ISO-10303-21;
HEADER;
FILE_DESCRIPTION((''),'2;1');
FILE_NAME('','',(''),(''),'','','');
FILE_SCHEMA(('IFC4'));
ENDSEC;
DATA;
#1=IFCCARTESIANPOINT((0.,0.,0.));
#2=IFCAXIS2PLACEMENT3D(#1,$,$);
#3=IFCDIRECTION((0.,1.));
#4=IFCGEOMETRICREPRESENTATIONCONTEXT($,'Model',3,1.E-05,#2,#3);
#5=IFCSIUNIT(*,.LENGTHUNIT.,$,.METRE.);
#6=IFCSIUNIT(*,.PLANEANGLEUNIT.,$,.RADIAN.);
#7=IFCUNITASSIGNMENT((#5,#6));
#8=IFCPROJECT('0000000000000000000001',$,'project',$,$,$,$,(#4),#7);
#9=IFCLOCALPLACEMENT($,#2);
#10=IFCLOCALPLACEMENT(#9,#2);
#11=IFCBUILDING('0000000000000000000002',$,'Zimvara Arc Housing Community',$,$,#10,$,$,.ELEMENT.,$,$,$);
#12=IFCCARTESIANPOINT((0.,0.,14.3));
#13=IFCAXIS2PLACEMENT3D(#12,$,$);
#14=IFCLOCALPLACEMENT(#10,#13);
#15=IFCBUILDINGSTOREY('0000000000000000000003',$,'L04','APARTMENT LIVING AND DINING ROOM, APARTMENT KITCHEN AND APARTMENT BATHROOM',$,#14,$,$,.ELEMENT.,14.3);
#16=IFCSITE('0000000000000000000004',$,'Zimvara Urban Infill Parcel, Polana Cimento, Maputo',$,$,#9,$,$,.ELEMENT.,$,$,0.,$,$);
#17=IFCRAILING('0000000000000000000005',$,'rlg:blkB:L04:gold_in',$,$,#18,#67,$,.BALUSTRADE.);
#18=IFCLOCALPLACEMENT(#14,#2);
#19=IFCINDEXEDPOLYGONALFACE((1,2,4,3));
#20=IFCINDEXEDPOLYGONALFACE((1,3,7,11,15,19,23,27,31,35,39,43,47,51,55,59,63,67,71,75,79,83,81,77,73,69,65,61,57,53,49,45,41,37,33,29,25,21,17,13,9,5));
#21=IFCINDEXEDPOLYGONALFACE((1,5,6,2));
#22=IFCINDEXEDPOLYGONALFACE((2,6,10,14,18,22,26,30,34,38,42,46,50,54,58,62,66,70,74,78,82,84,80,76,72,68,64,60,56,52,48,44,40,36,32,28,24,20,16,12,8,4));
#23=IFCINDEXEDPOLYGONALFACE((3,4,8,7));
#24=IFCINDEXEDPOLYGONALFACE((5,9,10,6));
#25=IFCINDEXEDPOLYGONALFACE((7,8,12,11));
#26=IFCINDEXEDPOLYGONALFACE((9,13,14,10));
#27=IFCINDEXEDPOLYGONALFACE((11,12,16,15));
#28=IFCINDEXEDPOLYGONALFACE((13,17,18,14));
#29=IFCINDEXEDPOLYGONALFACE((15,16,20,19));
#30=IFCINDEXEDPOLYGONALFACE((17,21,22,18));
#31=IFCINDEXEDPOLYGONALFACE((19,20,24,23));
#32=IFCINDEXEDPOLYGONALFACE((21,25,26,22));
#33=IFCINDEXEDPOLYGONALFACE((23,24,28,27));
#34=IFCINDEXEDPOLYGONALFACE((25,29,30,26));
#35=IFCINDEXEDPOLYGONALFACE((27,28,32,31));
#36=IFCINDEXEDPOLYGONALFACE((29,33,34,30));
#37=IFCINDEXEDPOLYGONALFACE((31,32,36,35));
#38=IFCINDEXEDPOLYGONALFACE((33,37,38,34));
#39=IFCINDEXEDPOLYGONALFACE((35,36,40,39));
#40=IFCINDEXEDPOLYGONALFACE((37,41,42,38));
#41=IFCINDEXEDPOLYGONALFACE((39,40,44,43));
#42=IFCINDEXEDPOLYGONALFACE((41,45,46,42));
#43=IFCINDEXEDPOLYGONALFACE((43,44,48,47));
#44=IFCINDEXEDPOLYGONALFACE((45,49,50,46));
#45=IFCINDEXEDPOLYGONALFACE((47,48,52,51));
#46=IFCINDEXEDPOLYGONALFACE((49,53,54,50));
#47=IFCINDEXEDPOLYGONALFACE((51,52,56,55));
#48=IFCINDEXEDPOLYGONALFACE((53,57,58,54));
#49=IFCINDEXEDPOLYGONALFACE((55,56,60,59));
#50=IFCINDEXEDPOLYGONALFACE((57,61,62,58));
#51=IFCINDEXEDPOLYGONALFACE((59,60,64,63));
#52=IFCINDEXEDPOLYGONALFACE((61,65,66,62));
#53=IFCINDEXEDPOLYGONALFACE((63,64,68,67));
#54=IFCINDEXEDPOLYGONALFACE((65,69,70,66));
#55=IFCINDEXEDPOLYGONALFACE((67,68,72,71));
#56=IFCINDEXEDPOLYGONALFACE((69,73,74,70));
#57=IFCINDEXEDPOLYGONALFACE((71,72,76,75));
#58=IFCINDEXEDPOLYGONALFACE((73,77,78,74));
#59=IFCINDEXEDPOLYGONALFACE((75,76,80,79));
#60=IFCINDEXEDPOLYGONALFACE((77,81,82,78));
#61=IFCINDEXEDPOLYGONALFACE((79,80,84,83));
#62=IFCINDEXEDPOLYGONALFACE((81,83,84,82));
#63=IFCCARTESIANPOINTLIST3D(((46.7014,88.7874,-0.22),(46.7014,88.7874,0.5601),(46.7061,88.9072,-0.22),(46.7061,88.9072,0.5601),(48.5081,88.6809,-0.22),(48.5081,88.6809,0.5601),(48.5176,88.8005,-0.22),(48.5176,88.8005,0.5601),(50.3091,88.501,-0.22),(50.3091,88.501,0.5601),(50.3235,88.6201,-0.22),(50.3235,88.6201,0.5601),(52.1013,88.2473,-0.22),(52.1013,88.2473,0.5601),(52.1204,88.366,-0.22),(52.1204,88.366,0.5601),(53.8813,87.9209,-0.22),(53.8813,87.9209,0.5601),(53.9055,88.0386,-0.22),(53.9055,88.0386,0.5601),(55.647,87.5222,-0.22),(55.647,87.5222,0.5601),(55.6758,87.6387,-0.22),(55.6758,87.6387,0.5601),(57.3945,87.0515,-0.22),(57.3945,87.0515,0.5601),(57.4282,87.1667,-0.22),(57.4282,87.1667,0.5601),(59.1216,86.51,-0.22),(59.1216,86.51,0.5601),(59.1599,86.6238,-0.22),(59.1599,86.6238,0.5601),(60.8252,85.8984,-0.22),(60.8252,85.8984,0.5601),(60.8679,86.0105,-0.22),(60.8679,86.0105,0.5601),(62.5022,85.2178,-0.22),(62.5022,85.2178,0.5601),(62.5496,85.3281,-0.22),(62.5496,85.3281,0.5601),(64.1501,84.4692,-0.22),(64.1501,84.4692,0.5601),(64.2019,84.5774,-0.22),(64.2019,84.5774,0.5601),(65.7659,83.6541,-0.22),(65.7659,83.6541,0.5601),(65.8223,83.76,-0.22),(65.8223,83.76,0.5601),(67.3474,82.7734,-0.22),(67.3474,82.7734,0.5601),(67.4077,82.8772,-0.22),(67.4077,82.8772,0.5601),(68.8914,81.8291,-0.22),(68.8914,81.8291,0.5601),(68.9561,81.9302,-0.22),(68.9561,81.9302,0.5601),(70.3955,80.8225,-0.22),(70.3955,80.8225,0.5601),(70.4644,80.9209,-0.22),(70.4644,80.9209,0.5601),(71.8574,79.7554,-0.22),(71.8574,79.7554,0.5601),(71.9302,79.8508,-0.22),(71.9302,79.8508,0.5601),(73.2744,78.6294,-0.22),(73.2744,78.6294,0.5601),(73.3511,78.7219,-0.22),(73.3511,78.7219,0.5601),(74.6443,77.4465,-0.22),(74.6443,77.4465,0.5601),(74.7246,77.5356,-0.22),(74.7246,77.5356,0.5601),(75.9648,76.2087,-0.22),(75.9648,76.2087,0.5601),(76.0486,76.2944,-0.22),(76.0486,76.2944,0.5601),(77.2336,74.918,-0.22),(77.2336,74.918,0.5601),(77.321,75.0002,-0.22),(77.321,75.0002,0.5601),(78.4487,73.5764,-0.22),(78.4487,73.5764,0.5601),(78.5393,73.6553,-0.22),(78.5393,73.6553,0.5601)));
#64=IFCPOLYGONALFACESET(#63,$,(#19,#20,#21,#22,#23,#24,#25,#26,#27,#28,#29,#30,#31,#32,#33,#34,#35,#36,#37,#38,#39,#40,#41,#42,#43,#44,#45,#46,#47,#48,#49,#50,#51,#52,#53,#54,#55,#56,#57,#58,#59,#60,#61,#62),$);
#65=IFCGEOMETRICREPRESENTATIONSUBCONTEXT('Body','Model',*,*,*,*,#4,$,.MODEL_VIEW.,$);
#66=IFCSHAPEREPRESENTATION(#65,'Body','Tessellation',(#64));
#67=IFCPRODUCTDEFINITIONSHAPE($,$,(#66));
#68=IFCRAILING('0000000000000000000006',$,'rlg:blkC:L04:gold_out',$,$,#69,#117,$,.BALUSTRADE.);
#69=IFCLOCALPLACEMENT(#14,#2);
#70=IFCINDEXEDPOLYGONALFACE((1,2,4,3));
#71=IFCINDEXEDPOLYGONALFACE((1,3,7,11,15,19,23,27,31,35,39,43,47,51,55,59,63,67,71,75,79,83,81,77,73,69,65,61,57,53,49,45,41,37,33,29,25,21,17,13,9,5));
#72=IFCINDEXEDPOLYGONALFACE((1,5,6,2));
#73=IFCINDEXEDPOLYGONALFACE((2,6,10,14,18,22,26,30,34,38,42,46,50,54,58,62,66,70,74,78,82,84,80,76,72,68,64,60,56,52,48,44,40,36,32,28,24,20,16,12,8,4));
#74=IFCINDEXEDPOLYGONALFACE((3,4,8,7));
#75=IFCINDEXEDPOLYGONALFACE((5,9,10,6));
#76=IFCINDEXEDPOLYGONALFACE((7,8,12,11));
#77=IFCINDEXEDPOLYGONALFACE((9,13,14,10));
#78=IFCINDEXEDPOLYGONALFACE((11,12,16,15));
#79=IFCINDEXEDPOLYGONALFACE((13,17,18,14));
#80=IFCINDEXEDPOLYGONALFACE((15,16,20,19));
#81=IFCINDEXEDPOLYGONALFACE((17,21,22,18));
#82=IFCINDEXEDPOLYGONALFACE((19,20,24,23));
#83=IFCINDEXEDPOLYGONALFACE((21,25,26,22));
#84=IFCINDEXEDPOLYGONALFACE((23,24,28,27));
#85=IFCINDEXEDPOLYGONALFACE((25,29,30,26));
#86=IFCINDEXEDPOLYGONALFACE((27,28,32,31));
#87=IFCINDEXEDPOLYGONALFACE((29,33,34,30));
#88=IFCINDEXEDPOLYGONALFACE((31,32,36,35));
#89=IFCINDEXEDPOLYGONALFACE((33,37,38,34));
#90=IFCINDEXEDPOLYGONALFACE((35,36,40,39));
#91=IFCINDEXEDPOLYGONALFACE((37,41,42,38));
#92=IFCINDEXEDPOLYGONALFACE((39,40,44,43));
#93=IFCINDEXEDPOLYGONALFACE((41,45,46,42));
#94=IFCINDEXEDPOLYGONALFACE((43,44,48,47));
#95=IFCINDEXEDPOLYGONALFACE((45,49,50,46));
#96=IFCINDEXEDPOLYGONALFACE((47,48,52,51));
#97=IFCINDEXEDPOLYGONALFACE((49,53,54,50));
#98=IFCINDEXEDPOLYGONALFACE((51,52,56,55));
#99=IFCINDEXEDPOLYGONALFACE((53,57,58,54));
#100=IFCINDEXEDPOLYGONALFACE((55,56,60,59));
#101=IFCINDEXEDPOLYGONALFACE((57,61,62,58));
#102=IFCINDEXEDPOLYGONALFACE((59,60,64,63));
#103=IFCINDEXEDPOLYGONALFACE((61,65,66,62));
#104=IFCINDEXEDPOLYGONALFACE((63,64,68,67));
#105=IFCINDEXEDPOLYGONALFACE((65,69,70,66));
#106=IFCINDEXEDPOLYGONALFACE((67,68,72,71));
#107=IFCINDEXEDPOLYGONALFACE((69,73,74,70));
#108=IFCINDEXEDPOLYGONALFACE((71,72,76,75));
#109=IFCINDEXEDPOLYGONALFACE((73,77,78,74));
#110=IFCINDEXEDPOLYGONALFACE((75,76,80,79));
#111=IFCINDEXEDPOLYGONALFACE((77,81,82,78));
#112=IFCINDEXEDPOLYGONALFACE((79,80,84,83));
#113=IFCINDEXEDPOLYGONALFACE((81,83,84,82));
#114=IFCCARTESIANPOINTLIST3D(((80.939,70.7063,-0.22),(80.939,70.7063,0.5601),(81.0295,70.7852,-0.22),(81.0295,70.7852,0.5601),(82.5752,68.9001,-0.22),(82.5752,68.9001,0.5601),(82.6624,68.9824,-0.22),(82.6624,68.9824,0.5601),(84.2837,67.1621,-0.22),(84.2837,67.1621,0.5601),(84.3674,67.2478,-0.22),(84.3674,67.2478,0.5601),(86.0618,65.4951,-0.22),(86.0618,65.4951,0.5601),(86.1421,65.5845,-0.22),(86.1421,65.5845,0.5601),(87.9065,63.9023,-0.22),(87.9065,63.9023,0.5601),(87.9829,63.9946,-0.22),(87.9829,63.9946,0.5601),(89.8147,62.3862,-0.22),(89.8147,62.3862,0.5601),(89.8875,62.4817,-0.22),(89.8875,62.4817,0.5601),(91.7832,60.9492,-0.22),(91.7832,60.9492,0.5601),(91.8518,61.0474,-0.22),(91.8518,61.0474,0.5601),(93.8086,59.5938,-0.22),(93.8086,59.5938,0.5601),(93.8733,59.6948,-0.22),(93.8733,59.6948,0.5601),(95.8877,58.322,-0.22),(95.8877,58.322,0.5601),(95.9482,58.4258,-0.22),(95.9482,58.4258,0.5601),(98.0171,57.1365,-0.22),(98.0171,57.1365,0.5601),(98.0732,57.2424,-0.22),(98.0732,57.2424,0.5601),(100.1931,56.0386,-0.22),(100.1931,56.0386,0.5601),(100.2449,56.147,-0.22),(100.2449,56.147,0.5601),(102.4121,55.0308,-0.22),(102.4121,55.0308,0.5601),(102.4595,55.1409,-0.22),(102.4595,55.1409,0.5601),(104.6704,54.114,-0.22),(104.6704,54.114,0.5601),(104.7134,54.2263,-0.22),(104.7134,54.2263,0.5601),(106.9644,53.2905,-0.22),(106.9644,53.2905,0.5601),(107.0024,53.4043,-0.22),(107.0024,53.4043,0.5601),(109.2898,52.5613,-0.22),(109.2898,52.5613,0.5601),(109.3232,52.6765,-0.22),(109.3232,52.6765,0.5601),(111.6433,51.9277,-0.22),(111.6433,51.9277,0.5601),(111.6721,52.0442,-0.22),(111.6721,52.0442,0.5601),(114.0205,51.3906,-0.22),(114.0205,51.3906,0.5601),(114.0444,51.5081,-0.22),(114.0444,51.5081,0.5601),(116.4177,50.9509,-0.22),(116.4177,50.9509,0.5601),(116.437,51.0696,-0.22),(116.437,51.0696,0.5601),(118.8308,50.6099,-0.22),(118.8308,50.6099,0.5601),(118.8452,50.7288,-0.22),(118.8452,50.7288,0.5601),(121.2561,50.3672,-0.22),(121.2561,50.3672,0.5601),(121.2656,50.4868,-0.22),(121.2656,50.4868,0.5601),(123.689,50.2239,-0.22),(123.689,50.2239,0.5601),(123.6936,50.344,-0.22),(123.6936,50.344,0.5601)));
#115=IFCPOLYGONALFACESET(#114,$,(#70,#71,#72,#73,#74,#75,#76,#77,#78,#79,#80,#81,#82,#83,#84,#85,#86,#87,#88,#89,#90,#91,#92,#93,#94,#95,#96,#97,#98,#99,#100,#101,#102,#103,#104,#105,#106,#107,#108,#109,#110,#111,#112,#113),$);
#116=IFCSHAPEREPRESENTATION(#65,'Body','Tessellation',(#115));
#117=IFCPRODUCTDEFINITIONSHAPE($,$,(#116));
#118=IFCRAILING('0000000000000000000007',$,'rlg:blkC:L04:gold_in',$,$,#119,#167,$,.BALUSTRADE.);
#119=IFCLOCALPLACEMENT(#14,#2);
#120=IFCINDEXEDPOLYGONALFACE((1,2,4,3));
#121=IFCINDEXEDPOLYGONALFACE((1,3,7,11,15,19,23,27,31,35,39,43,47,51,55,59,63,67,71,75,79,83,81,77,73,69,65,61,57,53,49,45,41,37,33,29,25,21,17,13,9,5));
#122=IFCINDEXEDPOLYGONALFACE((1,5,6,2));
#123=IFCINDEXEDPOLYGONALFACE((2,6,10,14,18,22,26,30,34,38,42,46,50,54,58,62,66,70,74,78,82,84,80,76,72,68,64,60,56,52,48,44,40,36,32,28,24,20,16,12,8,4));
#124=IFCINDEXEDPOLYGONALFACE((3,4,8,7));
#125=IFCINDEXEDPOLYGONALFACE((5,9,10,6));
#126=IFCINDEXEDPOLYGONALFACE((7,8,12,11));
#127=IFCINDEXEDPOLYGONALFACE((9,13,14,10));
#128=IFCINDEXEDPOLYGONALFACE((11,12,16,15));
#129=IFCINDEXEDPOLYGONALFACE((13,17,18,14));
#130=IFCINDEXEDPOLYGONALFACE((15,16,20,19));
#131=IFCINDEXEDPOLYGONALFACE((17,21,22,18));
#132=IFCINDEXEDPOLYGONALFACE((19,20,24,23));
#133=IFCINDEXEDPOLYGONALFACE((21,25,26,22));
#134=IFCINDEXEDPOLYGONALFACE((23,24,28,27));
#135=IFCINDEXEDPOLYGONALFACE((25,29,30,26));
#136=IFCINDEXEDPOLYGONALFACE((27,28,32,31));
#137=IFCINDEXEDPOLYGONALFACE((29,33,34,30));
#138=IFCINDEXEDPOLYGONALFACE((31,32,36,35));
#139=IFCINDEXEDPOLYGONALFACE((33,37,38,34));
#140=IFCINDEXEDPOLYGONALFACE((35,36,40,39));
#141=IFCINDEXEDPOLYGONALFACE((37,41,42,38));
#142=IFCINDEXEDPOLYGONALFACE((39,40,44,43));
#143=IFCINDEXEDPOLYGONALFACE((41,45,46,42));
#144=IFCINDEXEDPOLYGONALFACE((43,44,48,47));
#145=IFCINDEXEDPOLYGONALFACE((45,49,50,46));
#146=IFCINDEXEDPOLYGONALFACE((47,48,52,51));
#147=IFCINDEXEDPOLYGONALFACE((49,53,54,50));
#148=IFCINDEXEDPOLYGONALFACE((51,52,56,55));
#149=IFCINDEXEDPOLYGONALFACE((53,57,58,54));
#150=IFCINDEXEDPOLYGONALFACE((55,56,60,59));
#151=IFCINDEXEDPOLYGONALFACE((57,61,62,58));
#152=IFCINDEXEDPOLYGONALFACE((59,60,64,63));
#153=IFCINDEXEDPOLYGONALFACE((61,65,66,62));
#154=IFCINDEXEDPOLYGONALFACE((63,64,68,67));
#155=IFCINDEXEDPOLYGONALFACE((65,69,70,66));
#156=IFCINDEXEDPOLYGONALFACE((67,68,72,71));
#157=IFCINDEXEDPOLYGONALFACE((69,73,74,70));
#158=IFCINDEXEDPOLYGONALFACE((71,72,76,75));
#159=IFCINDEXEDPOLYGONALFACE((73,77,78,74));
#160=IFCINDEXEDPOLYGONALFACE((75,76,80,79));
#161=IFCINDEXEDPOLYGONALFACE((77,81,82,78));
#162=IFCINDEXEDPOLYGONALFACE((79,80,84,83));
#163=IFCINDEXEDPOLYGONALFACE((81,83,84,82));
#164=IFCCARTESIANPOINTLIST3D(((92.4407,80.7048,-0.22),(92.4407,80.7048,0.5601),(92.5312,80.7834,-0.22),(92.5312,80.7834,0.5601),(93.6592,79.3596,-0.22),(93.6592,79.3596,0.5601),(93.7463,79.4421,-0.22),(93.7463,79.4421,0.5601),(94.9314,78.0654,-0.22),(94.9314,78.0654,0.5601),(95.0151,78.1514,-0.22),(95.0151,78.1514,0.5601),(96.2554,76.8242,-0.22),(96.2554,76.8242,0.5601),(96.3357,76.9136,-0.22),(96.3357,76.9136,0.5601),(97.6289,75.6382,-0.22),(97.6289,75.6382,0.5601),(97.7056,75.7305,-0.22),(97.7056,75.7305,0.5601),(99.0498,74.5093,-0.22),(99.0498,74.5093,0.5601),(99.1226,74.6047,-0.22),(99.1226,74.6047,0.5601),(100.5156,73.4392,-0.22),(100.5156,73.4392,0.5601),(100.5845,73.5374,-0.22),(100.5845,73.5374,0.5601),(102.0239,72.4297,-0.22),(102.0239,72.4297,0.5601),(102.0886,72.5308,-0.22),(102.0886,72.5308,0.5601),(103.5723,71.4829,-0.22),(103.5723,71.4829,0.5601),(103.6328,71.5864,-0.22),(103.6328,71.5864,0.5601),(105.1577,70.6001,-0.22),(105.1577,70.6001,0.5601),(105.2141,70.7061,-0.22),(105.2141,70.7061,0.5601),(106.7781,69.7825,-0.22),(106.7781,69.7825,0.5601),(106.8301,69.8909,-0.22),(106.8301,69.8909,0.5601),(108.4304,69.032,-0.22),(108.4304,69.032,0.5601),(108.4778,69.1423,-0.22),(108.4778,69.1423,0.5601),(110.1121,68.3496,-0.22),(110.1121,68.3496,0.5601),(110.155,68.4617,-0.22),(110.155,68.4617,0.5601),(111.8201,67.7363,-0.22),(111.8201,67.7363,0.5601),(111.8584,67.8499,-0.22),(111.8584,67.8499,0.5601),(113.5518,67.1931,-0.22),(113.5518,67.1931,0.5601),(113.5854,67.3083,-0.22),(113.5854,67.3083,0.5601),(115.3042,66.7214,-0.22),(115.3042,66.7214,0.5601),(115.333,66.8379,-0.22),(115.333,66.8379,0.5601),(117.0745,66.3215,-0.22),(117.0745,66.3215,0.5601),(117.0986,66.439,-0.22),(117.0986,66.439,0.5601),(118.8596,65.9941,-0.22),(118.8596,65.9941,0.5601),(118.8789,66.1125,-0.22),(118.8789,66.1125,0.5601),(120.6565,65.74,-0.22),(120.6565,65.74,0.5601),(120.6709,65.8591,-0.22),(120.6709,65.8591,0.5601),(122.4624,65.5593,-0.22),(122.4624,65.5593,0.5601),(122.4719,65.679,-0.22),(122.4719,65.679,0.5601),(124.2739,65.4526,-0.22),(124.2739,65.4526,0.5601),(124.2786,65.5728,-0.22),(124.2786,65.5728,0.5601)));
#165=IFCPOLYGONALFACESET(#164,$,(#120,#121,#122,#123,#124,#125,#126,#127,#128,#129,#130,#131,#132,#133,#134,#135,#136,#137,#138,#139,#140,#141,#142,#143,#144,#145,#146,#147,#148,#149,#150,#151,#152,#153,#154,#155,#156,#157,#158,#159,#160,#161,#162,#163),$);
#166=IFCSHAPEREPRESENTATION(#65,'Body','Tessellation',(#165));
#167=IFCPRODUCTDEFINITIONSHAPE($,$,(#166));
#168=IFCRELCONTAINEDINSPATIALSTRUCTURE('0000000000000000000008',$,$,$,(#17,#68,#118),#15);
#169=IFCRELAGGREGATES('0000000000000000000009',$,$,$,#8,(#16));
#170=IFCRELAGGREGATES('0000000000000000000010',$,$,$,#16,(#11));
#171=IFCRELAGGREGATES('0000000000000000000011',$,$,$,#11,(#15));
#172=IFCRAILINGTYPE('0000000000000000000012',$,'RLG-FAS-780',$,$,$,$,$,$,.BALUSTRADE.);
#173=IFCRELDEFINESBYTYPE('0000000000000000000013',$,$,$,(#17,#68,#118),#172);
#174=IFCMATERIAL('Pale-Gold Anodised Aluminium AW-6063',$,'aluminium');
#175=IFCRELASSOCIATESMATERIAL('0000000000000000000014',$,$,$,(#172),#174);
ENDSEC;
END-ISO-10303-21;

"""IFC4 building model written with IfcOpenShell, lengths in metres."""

from ifc_helpers import new_model, si_unit, direction, frame, origin, place, context, subcontext, project, spatial, polyline, outline, extrude, material, type_object, element, save


model = new_model("IFC4")

# Units and contexts
model_context = context("Model", 3, precision=1e-05, world=origin(), true_north=direction((0.0, 1.0)))
body_context = subcontext(model_context, "Body", "Model", "MODEL_VIEW")
ifc_project = project(units=[si_unit("LENGTHUNIT", "METRE"), si_unit("PLANEANGLEUNIT", "RADIAN")], contexts=[model_context])

# Site, building, storey
site_placement = place(None, origin())
site = spatial("IfcSite", under=ifc_project, at=site_placement, Name="Zimvara Urban Infill Parcel, Polana Cimento, Maputo", CompositionType="ELEMENT", RefElevation=0.0)
building_placement = place(site_placement, origin())
building = spatial("IfcBuilding", under=site, at=building_placement, Name="Zimvara Arc Housing Community", CompositionType="ELEMENT")
storey_placement = place(building_placement, frame((0.0, 0.0, 14.3)))
storey = spatial("IfcBuildingStorey", under=building, at=storey_placement, Name="L04", Description="APARTMENT LIVING AND DINING ROOM, APARTMENT KITCHEN AND APARTMENT BATHROOM", CompositionType="ELEMENT", Elevation=14.3)

# Railings
ifc_material_1 = material(Name="Pale-Gold Anodised Aluminium AW-6063", Category="aluminium")
railing_type_1 = type_object("IfcRailingType", Name="RLG-FAS-780", PredefinedType="BALUSTRADE", material=ifc_material_1)
railing_1_placement = place(storey_placement, frame((0.0, 0.0, -0.22)))
element("IfcRailing", 1, at=railing_1_placement, inside=storey, type_object=railing_type_1, Name="rlg:blkB:L04:gold_in", PredefinedType="BALUSTRADE", context=body_context, shape_type="SweptSolid", body=[
    extrude(outline(polyline([(46.7014, 88.7874), (48.5081, 88.6809), (50.3091, 88.501), (52.1013, 88.2473), (53.8813, 87.9209), (55.647, 87.5222), (57.3945, 87.0515), (59.1216, 86.51), (60.8252, 85.8984), (62.5022, 85.2178), (64.1501, 84.4692), (65.7659, 83.6541), (67.3474, 82.7734), (68.8914, 81.8291), (70.3955, 80.8225), (71.8574, 79.7554), (73.2744, 78.6294), (74.6443, 77.4465), (75.9648, 76.2087), (77.2336, 74.918), (78.4487, 73.5764), (78.5393, 73.6553), (77.321, 75.0002), (76.0486, 76.2944), (74.7246, 77.5356), (73.3511, 78.7219), (71.9302, 79.8508), (70.4644, 80.9209), (68.9561, 81.9302), (67.4077, 82.8772), (65.8223, 83.76), (64.2019, 84.5774), (62.5496, 85.3281), (60.8679, 86.0105), (59.1599, 86.6238), (57.4282, 87.1667), (55.6758, 87.6387), (53.9055, 88.0386), (52.1204, 88.366), (50.3235, 88.6201), (48.5176, 88.8005), (46.7061, 88.9072), (46.7014, 88.7874)])), origin(), (0.0, 0.0, 1.0), 0.78),
])
railing_2_placement = place(storey_placement, frame((0.0, 0.0, -0.22)))
element("IfcRailing", 2, at=railing_2_placement, inside=storey, type_object=railing_type_1, Name="rlg:blkC:L04:gold_out", PredefinedType="BALUSTRADE", context=body_context, shape_type="SweptSolid", body=[
    extrude(outline(polyline([(80.939, 70.7063), (82.5752, 68.9001), (84.2837, 67.1621), (86.0618, 65.4951), (87.9065, 63.9023), (89.8147, 62.3862), (91.7832, 60.9492), (93.8086, 59.5938), (95.8877, 58.322), (98.0171, 57.1365), (100.1931, 56.0386), (102.4121, 55.0308), (104.6704, 54.114), (106.9644, 53.2905), (109.2898, 52.5613), (111.6433, 51.9277), (114.0205, 51.3906), (116.4177, 50.9509), (118.8308, 50.6099), (121.2561, 50.3672), (123.689, 50.2239), (123.6936, 50.344), (121.2656, 50.4868), (118.8452, 50.7288), (116.437, 51.0696), (114.0444, 51.5081), (111.6721, 52.0442), (109.3232, 52.6765), (107.0024, 53.4043), (104.7134, 54.2263), (102.4595, 55.1409), (100.2449, 56.147), (98.0732, 57.2424), (95.9482, 58.4258), (93.8733, 59.6948), (91.8518, 61.0474), (89.8875, 62.4817), (87.9829, 63.9946), (86.1421, 65.5845), (84.3674, 67.2478), (82.6624, 68.9824), (81.0295, 70.7852), (80.939, 70.7063)])), origin(), (0.0, 0.0, 1.0), 0.78),
])
railing_3_placement = place(storey_placement, frame((0.0, 0.0, -0.22)))
element("IfcRailing", 3, at=railing_3_placement, inside=storey, type_object=railing_type_1, Name="rlg:blkC:L04:gold_in", PredefinedType="BALUSTRADE", context=body_context, shape_type="SweptSolid", body=[
    extrude(outline(polyline([(92.4407, 80.7048), (93.6592, 79.3596), (94.9314, 78.0654), (96.2554, 76.8242), (97.6289, 75.6382), (99.0498, 74.5093), (100.5156, 73.4392), (102.0239, 72.4297), (103.5723, 71.4829), (105.1577, 70.6001), (106.7781, 69.7825), (108.4304, 69.032), (110.1121, 68.3496), (111.8201, 67.7363), (113.5518, 67.1931), (115.3042, 66.7214), (117.0745, 66.3215), (118.8596, 65.9941), (120.6565, 65.74), (122.4624, 65.5593), (124.2739, 65.4526), (124.2786, 65.5728), (122.4719, 65.679), (120.6709, 65.8591), (118.8789, 66.1125), (117.0986, 66.439), (115.333, 66.8379), (113.5854, 67.3083), (111.8584, 67.8499), (110.155, 68.4617), (108.4778, 69.1423), (106.8301, 69.8909), (105.2141, 70.7061), (103.6328, 71.5864), (102.0886, 72.5308), (100.5845, 73.5374), (99.1226, 74.6047), (97.7056, 75.7305), (96.3357, 76.9136), (95.0151, 78.1514), (93.7463, 79.4421), (92.5312, 80.7834), (92.4407, 80.7048)])), origin(), (0.0, 0.0, 1.0), 0.78),
])

save(model, "model.ifc")
